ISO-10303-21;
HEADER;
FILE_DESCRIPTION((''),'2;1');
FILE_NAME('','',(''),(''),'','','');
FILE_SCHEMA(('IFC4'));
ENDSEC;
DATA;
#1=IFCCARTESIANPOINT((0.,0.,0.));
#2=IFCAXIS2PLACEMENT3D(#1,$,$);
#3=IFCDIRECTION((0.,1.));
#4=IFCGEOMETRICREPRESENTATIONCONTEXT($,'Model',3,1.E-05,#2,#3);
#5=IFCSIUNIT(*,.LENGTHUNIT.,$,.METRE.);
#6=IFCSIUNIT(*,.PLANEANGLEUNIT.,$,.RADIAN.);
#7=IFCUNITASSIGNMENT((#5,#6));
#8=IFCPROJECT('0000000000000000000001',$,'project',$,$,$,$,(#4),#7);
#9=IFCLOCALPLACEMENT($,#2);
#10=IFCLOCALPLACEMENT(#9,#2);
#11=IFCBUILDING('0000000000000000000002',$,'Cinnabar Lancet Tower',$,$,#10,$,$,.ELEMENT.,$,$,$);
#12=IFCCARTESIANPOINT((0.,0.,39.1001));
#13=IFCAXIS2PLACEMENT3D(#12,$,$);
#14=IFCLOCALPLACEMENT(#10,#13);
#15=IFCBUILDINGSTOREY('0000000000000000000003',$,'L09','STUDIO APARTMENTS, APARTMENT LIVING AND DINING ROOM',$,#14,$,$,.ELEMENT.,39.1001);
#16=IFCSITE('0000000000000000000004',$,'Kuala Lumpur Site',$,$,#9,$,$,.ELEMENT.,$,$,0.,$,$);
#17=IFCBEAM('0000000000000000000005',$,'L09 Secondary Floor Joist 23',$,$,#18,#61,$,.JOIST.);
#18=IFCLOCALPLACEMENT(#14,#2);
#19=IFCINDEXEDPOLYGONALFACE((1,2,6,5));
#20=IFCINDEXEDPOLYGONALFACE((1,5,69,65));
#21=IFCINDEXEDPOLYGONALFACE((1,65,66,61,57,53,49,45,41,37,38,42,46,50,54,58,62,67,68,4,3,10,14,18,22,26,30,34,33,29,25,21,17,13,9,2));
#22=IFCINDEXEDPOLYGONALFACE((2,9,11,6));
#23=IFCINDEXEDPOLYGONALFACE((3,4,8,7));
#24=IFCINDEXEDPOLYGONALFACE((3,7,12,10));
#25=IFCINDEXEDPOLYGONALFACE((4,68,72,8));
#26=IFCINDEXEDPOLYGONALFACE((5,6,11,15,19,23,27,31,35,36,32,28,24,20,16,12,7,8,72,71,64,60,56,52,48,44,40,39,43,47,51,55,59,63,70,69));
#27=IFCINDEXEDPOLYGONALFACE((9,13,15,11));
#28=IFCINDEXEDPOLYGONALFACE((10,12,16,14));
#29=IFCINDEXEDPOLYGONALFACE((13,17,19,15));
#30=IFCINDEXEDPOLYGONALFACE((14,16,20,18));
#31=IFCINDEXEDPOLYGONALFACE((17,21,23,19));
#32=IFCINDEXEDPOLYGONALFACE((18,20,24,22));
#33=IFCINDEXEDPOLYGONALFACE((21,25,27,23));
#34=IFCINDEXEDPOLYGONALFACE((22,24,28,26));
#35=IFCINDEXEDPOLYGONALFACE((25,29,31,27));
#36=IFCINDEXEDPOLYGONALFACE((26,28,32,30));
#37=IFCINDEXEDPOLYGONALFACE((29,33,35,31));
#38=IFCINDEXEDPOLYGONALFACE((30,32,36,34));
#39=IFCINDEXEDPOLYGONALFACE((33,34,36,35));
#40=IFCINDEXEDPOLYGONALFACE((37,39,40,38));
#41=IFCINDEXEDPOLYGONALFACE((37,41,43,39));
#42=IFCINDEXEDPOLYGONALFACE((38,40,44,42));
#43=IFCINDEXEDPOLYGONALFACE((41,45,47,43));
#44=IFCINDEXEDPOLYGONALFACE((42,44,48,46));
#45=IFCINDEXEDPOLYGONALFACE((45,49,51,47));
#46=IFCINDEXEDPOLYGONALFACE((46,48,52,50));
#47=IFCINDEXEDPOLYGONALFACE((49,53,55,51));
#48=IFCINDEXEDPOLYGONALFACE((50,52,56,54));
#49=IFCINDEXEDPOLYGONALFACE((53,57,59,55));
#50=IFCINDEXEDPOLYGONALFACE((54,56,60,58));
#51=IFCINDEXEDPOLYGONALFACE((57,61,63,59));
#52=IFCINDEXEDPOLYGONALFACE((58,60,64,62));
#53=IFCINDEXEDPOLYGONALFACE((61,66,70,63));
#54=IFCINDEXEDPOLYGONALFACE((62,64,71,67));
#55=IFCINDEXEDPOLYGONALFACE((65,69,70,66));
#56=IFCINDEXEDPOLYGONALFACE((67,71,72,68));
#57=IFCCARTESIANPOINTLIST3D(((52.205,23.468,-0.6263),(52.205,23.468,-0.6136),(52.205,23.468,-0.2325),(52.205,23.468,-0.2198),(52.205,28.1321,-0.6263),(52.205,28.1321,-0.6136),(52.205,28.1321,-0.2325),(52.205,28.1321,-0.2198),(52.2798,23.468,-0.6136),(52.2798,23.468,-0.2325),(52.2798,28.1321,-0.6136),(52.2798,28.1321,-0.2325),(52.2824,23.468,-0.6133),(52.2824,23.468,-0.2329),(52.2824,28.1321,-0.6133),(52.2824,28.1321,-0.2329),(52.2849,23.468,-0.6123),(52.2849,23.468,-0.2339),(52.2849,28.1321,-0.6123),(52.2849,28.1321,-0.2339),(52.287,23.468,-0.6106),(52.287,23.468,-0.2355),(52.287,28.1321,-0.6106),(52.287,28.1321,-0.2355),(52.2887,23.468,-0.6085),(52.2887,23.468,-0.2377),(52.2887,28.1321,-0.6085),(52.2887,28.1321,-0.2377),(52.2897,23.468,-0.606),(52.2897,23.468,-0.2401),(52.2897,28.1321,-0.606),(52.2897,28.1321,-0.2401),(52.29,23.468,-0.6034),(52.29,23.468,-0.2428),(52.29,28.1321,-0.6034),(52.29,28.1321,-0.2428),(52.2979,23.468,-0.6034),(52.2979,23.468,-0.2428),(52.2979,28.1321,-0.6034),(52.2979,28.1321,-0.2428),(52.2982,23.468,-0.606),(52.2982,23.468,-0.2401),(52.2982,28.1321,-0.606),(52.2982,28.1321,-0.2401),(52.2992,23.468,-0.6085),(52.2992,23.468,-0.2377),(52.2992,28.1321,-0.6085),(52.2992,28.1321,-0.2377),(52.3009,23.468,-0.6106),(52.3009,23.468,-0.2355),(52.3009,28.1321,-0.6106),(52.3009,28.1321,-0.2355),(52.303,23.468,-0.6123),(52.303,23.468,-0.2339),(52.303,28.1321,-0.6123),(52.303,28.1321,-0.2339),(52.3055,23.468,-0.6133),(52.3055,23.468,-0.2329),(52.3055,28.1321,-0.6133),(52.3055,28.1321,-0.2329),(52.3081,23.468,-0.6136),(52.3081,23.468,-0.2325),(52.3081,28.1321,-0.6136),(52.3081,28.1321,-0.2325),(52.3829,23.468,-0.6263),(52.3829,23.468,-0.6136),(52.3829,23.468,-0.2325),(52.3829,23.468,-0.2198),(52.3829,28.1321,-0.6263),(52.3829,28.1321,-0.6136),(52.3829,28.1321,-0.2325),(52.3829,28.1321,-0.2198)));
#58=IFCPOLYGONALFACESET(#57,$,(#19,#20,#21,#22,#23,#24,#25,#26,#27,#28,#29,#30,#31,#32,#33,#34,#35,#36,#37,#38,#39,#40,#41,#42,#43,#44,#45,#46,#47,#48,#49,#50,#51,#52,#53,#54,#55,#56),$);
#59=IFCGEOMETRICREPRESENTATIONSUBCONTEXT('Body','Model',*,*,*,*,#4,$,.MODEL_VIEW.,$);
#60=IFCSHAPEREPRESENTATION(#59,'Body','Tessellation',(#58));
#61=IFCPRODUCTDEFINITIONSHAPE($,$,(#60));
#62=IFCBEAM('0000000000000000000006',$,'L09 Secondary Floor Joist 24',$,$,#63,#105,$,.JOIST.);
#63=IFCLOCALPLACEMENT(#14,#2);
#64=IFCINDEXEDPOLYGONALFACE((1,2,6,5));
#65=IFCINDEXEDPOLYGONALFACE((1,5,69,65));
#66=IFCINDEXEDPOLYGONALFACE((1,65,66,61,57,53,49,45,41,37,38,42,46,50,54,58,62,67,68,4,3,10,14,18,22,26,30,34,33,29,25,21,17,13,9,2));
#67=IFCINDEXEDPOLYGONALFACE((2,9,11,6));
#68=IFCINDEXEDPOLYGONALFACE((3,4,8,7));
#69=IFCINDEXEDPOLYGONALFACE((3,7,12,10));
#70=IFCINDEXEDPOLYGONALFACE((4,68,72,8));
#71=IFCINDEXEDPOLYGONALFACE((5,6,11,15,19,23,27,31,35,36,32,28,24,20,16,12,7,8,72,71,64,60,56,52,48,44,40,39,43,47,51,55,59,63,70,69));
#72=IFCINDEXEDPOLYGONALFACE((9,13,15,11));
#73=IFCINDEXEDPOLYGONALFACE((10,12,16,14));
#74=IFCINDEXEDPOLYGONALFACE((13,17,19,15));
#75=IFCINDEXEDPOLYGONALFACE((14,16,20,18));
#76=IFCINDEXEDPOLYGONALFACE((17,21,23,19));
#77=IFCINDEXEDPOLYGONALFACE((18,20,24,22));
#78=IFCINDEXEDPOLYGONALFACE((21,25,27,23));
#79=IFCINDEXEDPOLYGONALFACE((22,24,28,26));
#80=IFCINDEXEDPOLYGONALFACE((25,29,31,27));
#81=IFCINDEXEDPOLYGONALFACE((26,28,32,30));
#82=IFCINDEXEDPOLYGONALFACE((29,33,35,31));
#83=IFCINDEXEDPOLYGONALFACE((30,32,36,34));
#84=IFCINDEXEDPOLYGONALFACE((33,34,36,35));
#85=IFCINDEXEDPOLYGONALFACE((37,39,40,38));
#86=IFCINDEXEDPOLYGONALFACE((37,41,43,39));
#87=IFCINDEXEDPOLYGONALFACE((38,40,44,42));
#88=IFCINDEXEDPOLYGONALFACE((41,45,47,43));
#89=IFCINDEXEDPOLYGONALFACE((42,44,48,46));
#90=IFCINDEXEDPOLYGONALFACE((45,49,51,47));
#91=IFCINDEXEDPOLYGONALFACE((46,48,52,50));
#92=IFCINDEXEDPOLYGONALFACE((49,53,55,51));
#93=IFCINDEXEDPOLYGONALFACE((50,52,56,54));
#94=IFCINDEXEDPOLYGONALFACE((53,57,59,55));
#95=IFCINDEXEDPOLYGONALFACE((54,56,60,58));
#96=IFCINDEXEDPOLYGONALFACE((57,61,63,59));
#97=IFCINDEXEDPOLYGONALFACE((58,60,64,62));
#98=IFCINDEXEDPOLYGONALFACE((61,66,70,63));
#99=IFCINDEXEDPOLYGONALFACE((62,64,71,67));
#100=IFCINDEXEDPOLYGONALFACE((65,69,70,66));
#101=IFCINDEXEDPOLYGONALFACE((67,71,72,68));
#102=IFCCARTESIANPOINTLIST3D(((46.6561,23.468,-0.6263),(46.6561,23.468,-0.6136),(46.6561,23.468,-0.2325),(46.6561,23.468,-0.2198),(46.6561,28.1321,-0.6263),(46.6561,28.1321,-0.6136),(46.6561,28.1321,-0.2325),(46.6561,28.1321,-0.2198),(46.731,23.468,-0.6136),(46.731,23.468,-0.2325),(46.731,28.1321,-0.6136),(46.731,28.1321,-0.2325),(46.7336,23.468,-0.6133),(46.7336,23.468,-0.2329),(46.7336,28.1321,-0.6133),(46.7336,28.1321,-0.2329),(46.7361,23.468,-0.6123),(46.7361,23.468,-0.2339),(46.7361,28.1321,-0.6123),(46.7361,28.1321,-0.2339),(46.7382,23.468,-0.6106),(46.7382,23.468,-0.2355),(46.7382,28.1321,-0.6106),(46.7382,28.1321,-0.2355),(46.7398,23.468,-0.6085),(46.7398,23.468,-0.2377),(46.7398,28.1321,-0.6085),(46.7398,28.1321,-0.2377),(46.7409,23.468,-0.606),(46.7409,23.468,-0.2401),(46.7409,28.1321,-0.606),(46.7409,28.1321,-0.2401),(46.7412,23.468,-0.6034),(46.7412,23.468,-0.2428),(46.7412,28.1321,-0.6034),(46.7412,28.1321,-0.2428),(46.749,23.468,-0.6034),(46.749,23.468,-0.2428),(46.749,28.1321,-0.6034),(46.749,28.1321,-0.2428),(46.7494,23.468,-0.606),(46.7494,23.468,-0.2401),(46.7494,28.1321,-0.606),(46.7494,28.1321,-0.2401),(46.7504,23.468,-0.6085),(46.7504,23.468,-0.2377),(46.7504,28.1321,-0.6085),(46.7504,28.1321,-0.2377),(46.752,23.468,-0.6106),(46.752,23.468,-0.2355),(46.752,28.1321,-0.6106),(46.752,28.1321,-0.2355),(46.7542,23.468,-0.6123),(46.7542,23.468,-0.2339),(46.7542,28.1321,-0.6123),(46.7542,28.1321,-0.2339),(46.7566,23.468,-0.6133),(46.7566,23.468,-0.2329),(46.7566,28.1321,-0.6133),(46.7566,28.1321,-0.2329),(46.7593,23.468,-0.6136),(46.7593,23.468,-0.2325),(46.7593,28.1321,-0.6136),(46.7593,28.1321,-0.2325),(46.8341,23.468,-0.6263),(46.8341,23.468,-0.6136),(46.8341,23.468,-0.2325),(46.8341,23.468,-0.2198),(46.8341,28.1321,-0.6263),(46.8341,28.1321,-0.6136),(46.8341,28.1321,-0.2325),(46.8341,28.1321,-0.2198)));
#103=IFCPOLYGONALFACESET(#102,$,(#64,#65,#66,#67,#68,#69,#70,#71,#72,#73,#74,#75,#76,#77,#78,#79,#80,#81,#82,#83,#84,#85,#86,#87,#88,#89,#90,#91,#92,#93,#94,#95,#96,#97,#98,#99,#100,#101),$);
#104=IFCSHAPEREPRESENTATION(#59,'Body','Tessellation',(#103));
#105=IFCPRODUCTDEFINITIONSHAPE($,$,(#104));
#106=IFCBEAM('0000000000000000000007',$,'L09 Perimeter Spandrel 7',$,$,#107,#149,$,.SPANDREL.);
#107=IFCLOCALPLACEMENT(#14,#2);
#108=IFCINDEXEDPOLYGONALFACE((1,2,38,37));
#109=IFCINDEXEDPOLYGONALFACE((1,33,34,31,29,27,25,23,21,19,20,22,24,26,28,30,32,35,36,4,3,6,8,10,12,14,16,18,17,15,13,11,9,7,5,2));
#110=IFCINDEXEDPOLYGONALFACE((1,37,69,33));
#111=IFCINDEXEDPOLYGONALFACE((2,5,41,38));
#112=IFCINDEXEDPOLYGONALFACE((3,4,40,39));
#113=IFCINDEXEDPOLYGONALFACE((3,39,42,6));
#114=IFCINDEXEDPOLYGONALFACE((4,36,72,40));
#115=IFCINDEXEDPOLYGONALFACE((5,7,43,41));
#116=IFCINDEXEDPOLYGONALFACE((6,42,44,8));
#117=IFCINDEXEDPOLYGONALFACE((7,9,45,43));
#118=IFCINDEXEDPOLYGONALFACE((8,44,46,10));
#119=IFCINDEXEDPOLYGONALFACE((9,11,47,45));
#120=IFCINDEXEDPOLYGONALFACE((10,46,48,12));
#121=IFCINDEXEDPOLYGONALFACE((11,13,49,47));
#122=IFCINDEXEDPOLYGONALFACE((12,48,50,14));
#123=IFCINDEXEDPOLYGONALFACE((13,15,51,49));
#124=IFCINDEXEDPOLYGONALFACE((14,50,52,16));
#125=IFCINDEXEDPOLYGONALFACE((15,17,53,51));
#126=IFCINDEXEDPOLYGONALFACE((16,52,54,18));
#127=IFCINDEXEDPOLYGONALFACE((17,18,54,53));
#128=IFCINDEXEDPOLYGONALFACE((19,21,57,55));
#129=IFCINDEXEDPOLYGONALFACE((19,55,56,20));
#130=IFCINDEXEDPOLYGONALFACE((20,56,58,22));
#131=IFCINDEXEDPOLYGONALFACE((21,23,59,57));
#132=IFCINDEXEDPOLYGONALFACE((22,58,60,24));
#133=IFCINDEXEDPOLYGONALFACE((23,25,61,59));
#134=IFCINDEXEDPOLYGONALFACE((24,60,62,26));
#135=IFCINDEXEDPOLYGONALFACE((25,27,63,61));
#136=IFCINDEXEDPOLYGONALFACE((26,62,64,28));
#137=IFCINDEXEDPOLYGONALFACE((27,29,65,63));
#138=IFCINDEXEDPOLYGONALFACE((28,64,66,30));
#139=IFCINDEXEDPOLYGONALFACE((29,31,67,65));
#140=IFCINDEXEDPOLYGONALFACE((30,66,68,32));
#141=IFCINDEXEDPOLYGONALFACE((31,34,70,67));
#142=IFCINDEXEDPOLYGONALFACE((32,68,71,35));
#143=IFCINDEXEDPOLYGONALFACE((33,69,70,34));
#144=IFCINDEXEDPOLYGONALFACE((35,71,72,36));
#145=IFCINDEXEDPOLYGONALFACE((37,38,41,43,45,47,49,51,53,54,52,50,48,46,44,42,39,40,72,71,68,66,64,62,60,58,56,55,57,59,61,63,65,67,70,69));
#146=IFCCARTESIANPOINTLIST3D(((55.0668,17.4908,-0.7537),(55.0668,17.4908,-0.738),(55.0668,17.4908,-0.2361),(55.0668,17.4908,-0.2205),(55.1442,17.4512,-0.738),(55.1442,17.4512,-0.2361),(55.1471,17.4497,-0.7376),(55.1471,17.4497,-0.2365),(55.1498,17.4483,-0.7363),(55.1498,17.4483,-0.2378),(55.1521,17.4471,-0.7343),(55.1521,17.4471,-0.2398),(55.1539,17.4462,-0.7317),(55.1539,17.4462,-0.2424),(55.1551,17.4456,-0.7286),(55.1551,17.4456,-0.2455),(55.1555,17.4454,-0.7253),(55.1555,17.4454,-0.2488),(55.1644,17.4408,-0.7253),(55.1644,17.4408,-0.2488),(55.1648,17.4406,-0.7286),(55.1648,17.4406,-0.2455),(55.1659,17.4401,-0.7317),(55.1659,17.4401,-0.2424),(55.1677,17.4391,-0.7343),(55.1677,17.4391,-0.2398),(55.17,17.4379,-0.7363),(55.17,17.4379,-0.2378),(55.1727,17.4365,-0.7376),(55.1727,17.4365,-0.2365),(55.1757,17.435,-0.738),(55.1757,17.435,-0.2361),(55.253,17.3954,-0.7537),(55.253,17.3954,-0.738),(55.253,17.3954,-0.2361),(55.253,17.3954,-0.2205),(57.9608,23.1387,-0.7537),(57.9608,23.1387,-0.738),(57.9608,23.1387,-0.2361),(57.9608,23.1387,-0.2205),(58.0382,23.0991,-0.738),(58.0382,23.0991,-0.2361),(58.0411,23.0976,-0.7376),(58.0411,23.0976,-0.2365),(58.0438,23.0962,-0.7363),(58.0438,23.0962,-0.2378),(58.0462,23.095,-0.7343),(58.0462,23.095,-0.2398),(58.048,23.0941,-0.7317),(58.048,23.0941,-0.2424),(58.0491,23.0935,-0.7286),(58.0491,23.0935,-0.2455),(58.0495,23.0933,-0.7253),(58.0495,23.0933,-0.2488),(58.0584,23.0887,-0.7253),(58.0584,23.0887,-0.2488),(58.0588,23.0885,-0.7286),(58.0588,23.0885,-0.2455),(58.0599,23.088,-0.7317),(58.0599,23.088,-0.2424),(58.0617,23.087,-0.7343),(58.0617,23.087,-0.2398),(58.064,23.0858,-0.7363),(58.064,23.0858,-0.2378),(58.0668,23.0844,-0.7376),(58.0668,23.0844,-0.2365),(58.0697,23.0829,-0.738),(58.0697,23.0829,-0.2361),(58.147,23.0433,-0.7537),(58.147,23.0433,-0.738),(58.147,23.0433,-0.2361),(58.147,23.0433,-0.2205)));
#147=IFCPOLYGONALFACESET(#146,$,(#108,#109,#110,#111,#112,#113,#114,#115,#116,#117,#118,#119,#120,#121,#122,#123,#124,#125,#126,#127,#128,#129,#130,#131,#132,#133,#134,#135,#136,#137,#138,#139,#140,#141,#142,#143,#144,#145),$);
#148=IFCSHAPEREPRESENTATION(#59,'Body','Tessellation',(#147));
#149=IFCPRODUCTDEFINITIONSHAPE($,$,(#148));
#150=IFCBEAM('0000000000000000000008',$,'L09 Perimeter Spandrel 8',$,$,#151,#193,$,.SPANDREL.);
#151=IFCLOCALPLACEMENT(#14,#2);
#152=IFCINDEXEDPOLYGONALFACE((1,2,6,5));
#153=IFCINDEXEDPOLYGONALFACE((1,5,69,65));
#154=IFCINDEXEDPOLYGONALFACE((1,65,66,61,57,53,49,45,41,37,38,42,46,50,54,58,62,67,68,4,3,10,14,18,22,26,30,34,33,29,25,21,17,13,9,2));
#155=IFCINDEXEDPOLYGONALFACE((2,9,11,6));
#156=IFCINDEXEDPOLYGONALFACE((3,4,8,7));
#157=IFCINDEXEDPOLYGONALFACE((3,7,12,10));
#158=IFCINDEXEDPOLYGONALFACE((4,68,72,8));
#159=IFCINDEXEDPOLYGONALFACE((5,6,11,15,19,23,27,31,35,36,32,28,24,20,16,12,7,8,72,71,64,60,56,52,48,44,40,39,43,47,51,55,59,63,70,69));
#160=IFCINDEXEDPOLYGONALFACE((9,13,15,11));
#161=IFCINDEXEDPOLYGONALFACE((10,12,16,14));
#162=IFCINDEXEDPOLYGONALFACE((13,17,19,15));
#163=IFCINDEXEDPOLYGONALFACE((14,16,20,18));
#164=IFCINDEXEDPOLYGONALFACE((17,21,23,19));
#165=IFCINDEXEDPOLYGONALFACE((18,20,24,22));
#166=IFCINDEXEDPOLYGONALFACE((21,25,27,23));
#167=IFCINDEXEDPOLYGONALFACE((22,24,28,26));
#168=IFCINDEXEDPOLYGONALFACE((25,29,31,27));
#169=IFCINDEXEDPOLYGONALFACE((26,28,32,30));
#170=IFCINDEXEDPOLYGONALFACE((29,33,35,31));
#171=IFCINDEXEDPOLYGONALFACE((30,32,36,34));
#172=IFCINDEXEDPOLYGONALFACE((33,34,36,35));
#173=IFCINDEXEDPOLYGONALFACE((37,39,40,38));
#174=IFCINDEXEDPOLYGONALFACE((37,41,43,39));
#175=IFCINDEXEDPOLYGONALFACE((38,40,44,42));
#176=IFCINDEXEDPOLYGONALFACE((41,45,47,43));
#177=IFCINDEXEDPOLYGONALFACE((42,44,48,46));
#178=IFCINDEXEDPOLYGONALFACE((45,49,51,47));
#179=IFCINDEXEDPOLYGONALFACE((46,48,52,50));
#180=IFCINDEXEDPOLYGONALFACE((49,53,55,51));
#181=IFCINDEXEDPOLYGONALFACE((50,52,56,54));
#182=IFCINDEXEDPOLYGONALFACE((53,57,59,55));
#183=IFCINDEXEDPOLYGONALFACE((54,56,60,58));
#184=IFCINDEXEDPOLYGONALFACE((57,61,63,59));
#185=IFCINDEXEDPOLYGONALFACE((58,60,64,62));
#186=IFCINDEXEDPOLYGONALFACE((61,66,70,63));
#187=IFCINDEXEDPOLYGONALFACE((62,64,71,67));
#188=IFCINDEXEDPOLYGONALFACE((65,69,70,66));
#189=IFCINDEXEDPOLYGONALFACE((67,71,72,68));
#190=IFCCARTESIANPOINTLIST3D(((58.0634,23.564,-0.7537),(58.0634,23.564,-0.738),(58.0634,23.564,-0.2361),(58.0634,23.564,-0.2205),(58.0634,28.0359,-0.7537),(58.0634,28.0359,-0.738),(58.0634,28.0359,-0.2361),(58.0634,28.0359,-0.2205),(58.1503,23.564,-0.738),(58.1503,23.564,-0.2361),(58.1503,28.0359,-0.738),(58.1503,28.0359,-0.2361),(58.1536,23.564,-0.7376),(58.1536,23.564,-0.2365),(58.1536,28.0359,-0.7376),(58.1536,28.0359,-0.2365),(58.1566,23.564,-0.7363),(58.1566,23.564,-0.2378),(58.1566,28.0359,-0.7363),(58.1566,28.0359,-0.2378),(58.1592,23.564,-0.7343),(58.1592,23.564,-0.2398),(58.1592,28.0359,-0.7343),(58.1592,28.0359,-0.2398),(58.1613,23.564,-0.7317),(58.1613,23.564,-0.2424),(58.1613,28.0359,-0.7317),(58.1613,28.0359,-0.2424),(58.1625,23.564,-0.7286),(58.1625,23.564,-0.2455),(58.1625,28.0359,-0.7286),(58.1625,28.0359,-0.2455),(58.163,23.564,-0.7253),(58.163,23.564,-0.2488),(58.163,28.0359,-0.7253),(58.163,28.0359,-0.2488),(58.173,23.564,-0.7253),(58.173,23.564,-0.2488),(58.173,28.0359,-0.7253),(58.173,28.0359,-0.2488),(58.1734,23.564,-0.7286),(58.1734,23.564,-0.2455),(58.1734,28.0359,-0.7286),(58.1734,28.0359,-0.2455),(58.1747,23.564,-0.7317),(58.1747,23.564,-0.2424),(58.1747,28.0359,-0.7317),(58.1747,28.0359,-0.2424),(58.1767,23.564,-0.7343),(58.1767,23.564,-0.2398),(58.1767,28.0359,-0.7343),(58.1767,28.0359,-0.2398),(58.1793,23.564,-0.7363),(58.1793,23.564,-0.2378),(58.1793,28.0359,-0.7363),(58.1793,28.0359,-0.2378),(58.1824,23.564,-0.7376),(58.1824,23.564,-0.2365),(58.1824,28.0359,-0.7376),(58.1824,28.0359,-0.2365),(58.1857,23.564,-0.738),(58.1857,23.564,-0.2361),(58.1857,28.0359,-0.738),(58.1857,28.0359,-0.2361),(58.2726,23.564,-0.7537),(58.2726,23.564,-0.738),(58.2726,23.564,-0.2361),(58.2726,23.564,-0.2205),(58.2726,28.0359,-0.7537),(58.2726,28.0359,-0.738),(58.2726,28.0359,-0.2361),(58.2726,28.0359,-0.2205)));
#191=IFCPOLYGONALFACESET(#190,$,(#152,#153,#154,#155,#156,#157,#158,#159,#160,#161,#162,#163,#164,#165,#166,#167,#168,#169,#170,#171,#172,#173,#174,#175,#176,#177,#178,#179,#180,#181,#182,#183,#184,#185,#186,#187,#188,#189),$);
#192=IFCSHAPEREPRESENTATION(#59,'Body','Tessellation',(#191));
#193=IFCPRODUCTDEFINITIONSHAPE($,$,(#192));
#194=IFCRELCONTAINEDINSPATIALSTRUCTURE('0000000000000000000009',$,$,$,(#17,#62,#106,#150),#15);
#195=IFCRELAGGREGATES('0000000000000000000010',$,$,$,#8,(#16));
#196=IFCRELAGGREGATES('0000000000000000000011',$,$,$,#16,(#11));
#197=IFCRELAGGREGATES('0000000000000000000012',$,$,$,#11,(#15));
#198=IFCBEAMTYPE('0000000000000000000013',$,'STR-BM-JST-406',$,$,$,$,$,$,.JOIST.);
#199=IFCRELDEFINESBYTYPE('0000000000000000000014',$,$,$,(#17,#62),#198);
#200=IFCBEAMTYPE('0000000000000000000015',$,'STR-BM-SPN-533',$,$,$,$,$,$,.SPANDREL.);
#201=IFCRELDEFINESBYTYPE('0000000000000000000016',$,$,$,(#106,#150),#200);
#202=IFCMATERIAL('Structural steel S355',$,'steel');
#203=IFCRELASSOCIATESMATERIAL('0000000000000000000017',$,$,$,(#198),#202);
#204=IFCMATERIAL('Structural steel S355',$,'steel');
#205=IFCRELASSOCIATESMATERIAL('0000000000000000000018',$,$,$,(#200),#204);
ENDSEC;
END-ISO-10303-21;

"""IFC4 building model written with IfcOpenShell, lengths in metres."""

from ifc_helpers import new_model, si_unit, direction, frame, origin, origin_2d, place, context, subcontext, project, spatial, i_section, extrude, material, material_profile, profile_set, type_object, element, save


model = new_model("IFC4")

# Units and contexts
model_context = context("Model", 3, precision=1e-05, world=origin(), true_north=direction((0.0, 1.0)))
body_context = subcontext(model_context, "Body", "Model", "MODEL_VIEW")
ifc_project = project(units=[si_unit("LENGTHUNIT", "METRE"), si_unit("PLANEANGLEUNIT", "RADIAN")], contexts=[model_context])

# Site, building, storey
site_placement = place(None, origin())
site = spatial("IfcSite", under=ifc_project, at=site_placement, Name="Kuala Lumpur Site", CompositionType="ELEMENT", RefElevation=0.0)
building_placement = place(site_placement, origin())
building = spatial("IfcBuilding", under=site, at=building_placement, Name="Cinnabar Lancet Tower", CompositionType="ELEMENT")
storey_placement = place(building_placement, frame((0.0, 0.0, 39.1001)))
storey = spatial("IfcBuildingStorey", under=building, at=storey_placement, Name="L09", Description="STUDIO APARTMENTS, APARTMENT LIVING AND DINING ROOM", CompositionType="ELEMENT", Elevation=39.1001)

# Beams
ifc_material_1 = material(Name="Structural steel S355", Category="steel")
ifc_material_profile_1 = material_profile(ifc_material_1, i_section(OverallWidth=0.178, OverallDepth=0.4065, WebThickness=0.0078, FlangeThickness=0.0127, FilletRadius=0.0103, at=origin_2d()), Name="UKB 406x178x60")
ifc_profile_set_1 = profile_set([ifc_material_profile_1], Name="Structural steel S355")
beam_type_1 = type_object("IfcBeamType", Name="STR-BM-JST-406", PredefinedType="JOIST", material=ifc_profile_set_1)
for number, where, z_axis, x_axis, name in (
    (1, (52.2939, 23.468, -0.4231), (0.0, 1.0, 0.0), (-1.0, 0.0, 0.0), "L09 Secondary Floor Joist 23"),
    (2, (46.7451, 23.468, -0.4231), (0.0, 1.0, 0.0), (-1.0, 0.0, 0.0), "L09 Secondary Floor Joist 24"),
):
    element("IfcBeam", number, at=place(storey_placement, frame(where, z_axis=z_axis, x_axis=x_axis)), inside=storey, type_object=beam_type_1, Name=name, PredefinedType="JOIST", context=body_context, shape_type="SweptSolid", body=[
        extrude(i_section(OverallWidth=0.178, OverallDepth=0.4065, WebThickness=0.0078, FlangeThickness=0.0127, FilletRadius=0.0103, at=origin_2d()), origin(), (0.0, 0.0, 1.0), 4.6641),
    ])
ifc_material_2 = material(Name="Structural steel S355", Category="steel")
ifc_material_profile_2 = material_profile(ifc_material_2, i_section(OverallWidth=0.2092, OverallDepth=0.5332, WebThickness=0.01, FlangeThickness=0.0156, FilletRadius=0.0127, at=origin_2d()), Name="UKB 533x210x92")
ifc_profile_set_2 = profile_set([ifc_material_profile_2], Name="Structural steel S355")
beam_type_2 = type_object("IfcBeamType", Name="STR-BM-SPN-533", PredefinedType="SPANDREL", material=ifc_profile_set_2)
beam_1_placement = place(storey_placement, frame((55.1599, 17.4431, -0.4871), z_axis=(0.456025, 0.889967, 0.0), x_axis=(-0.889967, 0.456025, 0.0)))
element("IfcBeam", 3, at=beam_1_placement, inside=storey, type_object=beam_type_2, Name="L09 Perimeter Spandrel 7", PredefinedType="SPANDREL", context=body_context, shape_type="SweptSolid", body=[
    extrude(i_section(OverallWidth=0.2092, OverallDepth=0.5332, WebThickness=0.01, FlangeThickness=0.0156, FilletRadius=0.0127, at=origin_2d()), origin(), (0.0, 0.0, 1.0), 6.3462),
])
beam_2_placement = place(storey_placement, frame((58.168, 23.564, -0.4871), z_axis=(0.0, 1.0, 0.0), x_axis=(-1.0, 0.0, 0.0)))
element("IfcBeam", 4, at=beam_2_placement, inside=storey, type_object=beam_type_2, Name="L09 Perimeter Spandrel 8", PredefinedType="SPANDREL", context=body_context, shape_type="SweptSolid", body=[
    extrude(i_section(OverallWidth=0.2092, OverallDepth=0.5332, WebThickness=0.01, FlangeThickness=0.0156, FilletRadius=0.0127, at=origin_2d()), origin(), (0.0, 0.0, 1.0), 4.4719),
])

save(model, "model.ifc")
